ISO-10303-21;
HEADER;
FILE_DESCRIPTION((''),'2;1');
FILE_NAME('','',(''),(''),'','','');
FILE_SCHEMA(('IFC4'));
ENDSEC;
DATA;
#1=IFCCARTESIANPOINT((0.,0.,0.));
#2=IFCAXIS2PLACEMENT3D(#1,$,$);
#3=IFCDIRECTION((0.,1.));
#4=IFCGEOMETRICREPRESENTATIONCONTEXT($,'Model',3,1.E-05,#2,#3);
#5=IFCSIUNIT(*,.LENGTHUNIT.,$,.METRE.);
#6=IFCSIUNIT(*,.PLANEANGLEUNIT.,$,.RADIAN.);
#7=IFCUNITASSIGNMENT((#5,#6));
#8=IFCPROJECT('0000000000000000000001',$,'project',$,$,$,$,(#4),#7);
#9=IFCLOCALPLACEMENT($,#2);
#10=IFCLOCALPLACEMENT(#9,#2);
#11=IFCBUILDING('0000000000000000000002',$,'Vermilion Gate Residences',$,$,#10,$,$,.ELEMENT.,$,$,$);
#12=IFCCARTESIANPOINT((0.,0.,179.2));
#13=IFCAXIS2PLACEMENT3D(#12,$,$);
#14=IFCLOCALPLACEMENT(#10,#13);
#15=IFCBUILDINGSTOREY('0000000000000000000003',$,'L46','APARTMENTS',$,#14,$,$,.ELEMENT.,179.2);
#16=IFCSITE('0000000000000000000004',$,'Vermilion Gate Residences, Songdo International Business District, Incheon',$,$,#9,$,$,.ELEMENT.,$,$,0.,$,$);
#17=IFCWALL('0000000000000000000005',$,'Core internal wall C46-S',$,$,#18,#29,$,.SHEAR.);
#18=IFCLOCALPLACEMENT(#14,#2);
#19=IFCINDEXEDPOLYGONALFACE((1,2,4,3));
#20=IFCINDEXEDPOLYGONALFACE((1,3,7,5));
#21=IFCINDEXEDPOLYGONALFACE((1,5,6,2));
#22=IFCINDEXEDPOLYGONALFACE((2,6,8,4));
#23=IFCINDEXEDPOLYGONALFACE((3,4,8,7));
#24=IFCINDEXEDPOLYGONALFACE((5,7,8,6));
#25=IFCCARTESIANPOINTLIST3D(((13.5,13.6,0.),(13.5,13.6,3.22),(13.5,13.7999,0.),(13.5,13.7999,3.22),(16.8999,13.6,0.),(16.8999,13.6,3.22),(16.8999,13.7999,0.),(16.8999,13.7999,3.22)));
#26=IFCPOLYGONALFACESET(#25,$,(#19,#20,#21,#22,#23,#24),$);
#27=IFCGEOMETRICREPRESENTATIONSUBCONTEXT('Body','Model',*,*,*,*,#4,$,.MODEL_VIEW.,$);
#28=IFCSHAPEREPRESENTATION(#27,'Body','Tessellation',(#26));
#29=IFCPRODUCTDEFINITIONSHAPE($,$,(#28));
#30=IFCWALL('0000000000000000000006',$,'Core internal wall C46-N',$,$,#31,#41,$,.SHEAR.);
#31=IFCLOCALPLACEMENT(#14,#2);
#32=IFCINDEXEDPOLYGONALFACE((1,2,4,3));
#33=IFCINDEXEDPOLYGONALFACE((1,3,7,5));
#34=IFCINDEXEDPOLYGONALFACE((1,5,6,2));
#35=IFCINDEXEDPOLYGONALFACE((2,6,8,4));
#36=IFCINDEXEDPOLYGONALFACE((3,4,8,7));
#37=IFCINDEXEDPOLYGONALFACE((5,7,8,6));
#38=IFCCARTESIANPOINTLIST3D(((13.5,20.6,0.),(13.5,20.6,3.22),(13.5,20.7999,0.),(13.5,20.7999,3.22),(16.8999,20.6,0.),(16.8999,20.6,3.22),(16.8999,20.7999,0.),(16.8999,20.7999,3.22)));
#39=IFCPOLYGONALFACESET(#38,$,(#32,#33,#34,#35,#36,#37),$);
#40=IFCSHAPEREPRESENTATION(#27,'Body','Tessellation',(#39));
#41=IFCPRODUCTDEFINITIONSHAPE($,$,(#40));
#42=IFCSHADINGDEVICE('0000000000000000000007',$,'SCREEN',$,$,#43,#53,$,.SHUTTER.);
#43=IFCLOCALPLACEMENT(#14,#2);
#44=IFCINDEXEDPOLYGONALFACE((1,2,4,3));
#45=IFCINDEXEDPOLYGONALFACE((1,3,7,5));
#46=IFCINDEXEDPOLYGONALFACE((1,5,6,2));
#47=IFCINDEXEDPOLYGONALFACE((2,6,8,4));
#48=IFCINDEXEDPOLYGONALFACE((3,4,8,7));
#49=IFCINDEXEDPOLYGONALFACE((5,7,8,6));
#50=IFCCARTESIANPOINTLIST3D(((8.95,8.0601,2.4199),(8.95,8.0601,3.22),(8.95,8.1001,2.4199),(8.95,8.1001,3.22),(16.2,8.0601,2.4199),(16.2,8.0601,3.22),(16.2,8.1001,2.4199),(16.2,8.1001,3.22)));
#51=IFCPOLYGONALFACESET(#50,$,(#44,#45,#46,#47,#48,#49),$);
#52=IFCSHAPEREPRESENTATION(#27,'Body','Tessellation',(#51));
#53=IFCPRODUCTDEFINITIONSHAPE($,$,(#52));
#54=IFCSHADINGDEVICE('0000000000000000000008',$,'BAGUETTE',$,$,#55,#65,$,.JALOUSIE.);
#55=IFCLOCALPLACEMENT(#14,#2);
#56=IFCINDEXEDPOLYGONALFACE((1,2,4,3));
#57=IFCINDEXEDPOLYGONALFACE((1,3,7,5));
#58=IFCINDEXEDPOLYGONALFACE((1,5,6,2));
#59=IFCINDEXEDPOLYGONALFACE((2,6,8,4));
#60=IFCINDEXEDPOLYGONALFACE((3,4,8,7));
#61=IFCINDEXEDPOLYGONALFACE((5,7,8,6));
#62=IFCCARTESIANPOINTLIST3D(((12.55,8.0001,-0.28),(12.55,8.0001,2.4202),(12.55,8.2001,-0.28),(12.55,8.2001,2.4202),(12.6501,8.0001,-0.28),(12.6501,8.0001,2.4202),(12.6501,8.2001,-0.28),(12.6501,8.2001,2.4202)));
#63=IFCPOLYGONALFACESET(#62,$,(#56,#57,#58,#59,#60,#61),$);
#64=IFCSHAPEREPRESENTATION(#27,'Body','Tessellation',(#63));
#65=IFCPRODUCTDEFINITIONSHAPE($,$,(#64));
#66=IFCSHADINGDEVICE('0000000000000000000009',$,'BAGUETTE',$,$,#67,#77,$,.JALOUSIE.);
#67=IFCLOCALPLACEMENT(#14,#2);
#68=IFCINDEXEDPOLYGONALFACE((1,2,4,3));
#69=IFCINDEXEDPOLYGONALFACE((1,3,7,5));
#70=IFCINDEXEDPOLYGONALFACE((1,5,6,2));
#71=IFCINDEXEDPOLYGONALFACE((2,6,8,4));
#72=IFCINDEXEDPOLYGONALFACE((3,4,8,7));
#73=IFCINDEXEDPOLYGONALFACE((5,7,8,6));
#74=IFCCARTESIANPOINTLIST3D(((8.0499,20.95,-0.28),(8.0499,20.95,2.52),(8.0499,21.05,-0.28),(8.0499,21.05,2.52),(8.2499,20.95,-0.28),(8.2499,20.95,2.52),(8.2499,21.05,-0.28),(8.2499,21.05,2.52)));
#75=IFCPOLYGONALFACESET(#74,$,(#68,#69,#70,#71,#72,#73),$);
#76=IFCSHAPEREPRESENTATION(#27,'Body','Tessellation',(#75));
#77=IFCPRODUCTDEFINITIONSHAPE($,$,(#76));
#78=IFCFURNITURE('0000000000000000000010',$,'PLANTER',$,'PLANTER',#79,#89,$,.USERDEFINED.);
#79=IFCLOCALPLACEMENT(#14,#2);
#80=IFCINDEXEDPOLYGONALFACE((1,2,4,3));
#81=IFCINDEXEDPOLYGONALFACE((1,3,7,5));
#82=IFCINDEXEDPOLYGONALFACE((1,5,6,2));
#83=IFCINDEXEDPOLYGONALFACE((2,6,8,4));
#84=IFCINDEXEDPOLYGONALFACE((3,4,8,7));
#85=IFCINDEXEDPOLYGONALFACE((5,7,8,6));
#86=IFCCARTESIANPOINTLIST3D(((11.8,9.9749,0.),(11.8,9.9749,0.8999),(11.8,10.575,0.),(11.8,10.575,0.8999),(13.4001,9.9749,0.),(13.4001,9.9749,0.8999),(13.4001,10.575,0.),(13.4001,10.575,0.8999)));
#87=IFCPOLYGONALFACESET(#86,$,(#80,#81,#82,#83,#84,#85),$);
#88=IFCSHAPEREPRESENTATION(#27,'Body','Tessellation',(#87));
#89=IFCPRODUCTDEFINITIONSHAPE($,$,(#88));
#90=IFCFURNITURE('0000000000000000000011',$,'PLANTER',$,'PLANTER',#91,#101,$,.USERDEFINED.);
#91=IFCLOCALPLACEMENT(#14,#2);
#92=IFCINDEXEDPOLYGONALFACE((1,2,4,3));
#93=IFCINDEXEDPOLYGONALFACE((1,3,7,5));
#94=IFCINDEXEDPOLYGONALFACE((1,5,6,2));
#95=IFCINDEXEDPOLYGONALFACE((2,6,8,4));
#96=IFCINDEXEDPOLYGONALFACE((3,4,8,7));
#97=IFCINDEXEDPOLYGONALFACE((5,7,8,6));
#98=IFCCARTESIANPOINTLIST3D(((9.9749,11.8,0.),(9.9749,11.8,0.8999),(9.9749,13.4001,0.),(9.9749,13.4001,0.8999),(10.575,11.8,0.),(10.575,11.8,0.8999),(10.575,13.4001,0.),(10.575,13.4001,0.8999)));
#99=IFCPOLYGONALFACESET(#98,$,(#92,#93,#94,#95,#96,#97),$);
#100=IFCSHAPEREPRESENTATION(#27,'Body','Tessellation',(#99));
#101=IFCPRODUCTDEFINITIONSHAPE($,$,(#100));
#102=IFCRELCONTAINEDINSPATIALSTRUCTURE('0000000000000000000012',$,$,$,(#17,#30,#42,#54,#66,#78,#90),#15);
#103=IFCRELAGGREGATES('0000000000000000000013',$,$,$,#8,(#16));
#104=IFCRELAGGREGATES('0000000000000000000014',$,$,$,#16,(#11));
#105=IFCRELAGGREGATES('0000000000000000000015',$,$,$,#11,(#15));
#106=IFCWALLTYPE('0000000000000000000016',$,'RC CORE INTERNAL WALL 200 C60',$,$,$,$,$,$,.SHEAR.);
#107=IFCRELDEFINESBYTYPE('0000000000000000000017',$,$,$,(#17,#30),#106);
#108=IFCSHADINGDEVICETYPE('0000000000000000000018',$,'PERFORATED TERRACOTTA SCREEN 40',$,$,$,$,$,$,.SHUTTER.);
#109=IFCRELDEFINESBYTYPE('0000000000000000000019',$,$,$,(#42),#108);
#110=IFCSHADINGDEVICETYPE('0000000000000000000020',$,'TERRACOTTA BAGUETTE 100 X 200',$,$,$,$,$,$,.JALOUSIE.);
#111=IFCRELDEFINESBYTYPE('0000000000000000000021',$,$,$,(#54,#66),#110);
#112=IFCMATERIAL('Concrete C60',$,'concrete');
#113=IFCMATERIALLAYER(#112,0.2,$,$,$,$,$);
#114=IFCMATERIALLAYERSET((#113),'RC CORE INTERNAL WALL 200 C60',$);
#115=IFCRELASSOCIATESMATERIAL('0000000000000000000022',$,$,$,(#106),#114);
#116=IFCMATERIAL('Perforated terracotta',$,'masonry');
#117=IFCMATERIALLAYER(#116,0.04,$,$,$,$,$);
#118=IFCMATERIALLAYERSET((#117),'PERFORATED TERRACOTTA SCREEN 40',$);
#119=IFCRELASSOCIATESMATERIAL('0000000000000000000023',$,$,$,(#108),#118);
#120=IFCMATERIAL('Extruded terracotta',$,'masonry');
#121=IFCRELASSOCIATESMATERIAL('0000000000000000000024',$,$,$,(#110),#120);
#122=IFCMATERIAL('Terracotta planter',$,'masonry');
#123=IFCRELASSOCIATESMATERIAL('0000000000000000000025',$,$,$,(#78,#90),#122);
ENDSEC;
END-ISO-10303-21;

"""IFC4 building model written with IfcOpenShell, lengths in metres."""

from ifc_helpers import new_model, si_unit, direction, frame, frame_2d, origin, origin_2d, place, context, subcontext, project, spatial, rectangle, extrude, material, layer, layer_set, material_profile, profile_set, type_object, element, save


model = new_model("IFC4")

# Units and contexts
model_context = context("Model", 3, precision=1e-05, world=origin(), true_north=direction((0.0, 1.0)))
body_context = subcontext(model_context, "Body", "Model", "MODEL_VIEW")
ifc_project = project(units=[si_unit("LENGTHUNIT", "METRE"), si_unit("PLANEANGLEUNIT", "RADIAN")], contexts=[model_context])

# Site, building, storey
site_placement = place(None, origin())
site = spatial("IfcSite", under=ifc_project, at=site_placement, Name="Vermilion Gate Residences, Songdo International Business District, Incheon", CompositionType="ELEMENT", RefElevation=0.0)
building_placement = place(site_placement, origin())
building = spatial("IfcBuilding", under=site, at=building_placement, Name="Vermilion Gate Residences", CompositionType="ELEMENT")
storey_placement = place(building_placement, frame((0.0, 0.0, 179.2)))
storey = spatial("IfcBuildingStorey", under=building, at=storey_placement, Name="L46", Description="APARTMENTS", CompositionType="ELEMENT", Elevation=179.2)

# Walls
ifc_material_1 = material(Name="Concrete C60", Category="concrete")
ifc_layer_1 = layer(ifc_material_1, 0.2)
ifc_layer_set_1 = layer_set([ifc_layer_1], Name="RC CORE INTERNAL WALL 200 C60")
wall_type_1 = type_object("IfcWallType", Name="RC CORE INTERNAL WALL 200 C60", PredefinedType="SHEAR", material=ifc_layer_set_1)
for number, where, z_axis, x_axis, name in (
    (1, (13.5, 13.7, 0.0), (0.0, 0.0, 1.0), (1.0, 0.0, 0.0), "Core internal wall C46-S"),
    (2, (13.5, 20.7, 0.0), (0.0, 0.0, 1.0), (1.0, 0.0, 0.0), "Core internal wall C46-N"),
):
    element("IfcWall", number, at=place(storey_placement, frame(where, z_axis=z_axis, x_axis=x_axis)), inside=storey, type_object=wall_type_1, Name=name, PredefinedType="SHEAR", context=body_context, shape_type="SweptSolid", body=[
        extrude(rectangle(XDim=3.3999, YDim=0.2, at=frame_2d((1.7, 0.0))), origin(), (0.0, 0.0, 1.0), 3.22),
    ])

# Shading devices
ifc_material_2 = material(Name="Perforated terracotta", Category="masonry")
ifc_layer_2 = layer(ifc_material_2, 0.04)
ifc_layer_set_2 = layer_set([ifc_layer_2], Name="PERFORATED TERRACOTTA SCREEN 40")
shading_device_type_1 = type_object("IfcShadingDeviceType", Name="PERFORATED TERRACOTTA SCREEN 40", PredefinedType="SHUTTER", material=ifc_layer_set_2)
shading_device_1_placement = place(storey_placement, frame((12.575, 8.0801, 2.4199), z_axis=(0.0, 0.0, 1.0), x_axis=(1.0, 0.0, 0.0)))
element("IfcShadingDevice", 3, at=shading_device_1_placement, inside=storey, type_object=shading_device_type_1, Name="SCREEN", PredefinedType="SHUTTER", context=body_context, shape_type="SweptSolid", body=[
    extrude(rectangle(XDim=7.25, YDim=0.04, at=origin_2d()), origin(), (0.0, 0.0, 1.0), 0.8),
])
ifc_material_3 = material(Name="Extruded terracotta", Category="masonry")
ifc_material_profile_1 = material_profile(ifc_material_3, rectangle(XDim=0.2, YDim=0.1001, at=origin_2d()), Name="BAGUETTE 100 X 200")
ifc_profile_set_1 = profile_set([ifc_material_profile_1], Name="Extruded terracotta")
shading_device_type_2 = type_object("IfcShadingDeviceType", Name="TERRACOTTA BAGUETTE 100 X 200", PredefinedType="JALOUSIE", material=ifc_profile_set_1)
shading_device_2_placement = place(storey_placement, frame((12.6001, 8.1001, -0.28), z_axis=(0.0, 0.0, 1.0), x_axis=(0.0, 1.0, 0.0)))
element("IfcShadingDevice", 4, at=shading_device_2_placement, inside=storey, type_object=shading_device_type_2, Name="BAGUETTE", PredefinedType="JALOUSIE", context=body_context, shape_type="SweptSolid", body=[
    extrude(rectangle(XDim=0.2, YDim=0.1001, at=origin_2d()), origin(), (0.0, 0.0, 1.0), 2.7002),
])
shading_device_3_placement = place(storey_placement, frame((8.1499, 21.0, -0.28), z_axis=(0.0, 0.0, 1.0), x_axis=(1.0, 0.0, 0.0)))
element("IfcShadingDevice", 5, at=shading_device_3_placement, inside=storey, type_object=shading_device_type_2, Name="BAGUETTE", PredefinedType="JALOUSIE", context=body_context, shape_type="SweptSolid", body=[
    extrude(rectangle(XDim=0.2, YDim=0.1001, at=origin_2d()), origin(), (0.0, 0.0, 1.0), 2.8),
])

# Furniture
ifc_material_4 = material(Name="Terracotta planter", Category="masonry")
for number, where, z_axis, x_axis, name in (
    (6, (12.6001, 10.2749, 0.0), (0.0, 0.0, 1.0), (1.0, 0.0, 0.0), "PLANTER"),
    (7, (10.2749, 12.6001, 0.0), (0.0, 0.0, 1.0), (0.0, -1.0, 0.0), "PLANTER"),
):
    element("IfcFurniture", number, at=place(storey_placement, frame(where, z_axis=z_axis, x_axis=x_axis)), inside=storey, material=ifc_material_4, Name=name, ObjectType="PLANTER", PredefinedType="USERDEFINED", context=body_context, shape_type="SweptSolid", body=[
        extrude(rectangle(XDim=1.6001, YDim=0.6001, at=origin_2d()), origin(), (0.0, 0.0, 1.0), 0.8999),
    ])

save(model, "model.ifc")
